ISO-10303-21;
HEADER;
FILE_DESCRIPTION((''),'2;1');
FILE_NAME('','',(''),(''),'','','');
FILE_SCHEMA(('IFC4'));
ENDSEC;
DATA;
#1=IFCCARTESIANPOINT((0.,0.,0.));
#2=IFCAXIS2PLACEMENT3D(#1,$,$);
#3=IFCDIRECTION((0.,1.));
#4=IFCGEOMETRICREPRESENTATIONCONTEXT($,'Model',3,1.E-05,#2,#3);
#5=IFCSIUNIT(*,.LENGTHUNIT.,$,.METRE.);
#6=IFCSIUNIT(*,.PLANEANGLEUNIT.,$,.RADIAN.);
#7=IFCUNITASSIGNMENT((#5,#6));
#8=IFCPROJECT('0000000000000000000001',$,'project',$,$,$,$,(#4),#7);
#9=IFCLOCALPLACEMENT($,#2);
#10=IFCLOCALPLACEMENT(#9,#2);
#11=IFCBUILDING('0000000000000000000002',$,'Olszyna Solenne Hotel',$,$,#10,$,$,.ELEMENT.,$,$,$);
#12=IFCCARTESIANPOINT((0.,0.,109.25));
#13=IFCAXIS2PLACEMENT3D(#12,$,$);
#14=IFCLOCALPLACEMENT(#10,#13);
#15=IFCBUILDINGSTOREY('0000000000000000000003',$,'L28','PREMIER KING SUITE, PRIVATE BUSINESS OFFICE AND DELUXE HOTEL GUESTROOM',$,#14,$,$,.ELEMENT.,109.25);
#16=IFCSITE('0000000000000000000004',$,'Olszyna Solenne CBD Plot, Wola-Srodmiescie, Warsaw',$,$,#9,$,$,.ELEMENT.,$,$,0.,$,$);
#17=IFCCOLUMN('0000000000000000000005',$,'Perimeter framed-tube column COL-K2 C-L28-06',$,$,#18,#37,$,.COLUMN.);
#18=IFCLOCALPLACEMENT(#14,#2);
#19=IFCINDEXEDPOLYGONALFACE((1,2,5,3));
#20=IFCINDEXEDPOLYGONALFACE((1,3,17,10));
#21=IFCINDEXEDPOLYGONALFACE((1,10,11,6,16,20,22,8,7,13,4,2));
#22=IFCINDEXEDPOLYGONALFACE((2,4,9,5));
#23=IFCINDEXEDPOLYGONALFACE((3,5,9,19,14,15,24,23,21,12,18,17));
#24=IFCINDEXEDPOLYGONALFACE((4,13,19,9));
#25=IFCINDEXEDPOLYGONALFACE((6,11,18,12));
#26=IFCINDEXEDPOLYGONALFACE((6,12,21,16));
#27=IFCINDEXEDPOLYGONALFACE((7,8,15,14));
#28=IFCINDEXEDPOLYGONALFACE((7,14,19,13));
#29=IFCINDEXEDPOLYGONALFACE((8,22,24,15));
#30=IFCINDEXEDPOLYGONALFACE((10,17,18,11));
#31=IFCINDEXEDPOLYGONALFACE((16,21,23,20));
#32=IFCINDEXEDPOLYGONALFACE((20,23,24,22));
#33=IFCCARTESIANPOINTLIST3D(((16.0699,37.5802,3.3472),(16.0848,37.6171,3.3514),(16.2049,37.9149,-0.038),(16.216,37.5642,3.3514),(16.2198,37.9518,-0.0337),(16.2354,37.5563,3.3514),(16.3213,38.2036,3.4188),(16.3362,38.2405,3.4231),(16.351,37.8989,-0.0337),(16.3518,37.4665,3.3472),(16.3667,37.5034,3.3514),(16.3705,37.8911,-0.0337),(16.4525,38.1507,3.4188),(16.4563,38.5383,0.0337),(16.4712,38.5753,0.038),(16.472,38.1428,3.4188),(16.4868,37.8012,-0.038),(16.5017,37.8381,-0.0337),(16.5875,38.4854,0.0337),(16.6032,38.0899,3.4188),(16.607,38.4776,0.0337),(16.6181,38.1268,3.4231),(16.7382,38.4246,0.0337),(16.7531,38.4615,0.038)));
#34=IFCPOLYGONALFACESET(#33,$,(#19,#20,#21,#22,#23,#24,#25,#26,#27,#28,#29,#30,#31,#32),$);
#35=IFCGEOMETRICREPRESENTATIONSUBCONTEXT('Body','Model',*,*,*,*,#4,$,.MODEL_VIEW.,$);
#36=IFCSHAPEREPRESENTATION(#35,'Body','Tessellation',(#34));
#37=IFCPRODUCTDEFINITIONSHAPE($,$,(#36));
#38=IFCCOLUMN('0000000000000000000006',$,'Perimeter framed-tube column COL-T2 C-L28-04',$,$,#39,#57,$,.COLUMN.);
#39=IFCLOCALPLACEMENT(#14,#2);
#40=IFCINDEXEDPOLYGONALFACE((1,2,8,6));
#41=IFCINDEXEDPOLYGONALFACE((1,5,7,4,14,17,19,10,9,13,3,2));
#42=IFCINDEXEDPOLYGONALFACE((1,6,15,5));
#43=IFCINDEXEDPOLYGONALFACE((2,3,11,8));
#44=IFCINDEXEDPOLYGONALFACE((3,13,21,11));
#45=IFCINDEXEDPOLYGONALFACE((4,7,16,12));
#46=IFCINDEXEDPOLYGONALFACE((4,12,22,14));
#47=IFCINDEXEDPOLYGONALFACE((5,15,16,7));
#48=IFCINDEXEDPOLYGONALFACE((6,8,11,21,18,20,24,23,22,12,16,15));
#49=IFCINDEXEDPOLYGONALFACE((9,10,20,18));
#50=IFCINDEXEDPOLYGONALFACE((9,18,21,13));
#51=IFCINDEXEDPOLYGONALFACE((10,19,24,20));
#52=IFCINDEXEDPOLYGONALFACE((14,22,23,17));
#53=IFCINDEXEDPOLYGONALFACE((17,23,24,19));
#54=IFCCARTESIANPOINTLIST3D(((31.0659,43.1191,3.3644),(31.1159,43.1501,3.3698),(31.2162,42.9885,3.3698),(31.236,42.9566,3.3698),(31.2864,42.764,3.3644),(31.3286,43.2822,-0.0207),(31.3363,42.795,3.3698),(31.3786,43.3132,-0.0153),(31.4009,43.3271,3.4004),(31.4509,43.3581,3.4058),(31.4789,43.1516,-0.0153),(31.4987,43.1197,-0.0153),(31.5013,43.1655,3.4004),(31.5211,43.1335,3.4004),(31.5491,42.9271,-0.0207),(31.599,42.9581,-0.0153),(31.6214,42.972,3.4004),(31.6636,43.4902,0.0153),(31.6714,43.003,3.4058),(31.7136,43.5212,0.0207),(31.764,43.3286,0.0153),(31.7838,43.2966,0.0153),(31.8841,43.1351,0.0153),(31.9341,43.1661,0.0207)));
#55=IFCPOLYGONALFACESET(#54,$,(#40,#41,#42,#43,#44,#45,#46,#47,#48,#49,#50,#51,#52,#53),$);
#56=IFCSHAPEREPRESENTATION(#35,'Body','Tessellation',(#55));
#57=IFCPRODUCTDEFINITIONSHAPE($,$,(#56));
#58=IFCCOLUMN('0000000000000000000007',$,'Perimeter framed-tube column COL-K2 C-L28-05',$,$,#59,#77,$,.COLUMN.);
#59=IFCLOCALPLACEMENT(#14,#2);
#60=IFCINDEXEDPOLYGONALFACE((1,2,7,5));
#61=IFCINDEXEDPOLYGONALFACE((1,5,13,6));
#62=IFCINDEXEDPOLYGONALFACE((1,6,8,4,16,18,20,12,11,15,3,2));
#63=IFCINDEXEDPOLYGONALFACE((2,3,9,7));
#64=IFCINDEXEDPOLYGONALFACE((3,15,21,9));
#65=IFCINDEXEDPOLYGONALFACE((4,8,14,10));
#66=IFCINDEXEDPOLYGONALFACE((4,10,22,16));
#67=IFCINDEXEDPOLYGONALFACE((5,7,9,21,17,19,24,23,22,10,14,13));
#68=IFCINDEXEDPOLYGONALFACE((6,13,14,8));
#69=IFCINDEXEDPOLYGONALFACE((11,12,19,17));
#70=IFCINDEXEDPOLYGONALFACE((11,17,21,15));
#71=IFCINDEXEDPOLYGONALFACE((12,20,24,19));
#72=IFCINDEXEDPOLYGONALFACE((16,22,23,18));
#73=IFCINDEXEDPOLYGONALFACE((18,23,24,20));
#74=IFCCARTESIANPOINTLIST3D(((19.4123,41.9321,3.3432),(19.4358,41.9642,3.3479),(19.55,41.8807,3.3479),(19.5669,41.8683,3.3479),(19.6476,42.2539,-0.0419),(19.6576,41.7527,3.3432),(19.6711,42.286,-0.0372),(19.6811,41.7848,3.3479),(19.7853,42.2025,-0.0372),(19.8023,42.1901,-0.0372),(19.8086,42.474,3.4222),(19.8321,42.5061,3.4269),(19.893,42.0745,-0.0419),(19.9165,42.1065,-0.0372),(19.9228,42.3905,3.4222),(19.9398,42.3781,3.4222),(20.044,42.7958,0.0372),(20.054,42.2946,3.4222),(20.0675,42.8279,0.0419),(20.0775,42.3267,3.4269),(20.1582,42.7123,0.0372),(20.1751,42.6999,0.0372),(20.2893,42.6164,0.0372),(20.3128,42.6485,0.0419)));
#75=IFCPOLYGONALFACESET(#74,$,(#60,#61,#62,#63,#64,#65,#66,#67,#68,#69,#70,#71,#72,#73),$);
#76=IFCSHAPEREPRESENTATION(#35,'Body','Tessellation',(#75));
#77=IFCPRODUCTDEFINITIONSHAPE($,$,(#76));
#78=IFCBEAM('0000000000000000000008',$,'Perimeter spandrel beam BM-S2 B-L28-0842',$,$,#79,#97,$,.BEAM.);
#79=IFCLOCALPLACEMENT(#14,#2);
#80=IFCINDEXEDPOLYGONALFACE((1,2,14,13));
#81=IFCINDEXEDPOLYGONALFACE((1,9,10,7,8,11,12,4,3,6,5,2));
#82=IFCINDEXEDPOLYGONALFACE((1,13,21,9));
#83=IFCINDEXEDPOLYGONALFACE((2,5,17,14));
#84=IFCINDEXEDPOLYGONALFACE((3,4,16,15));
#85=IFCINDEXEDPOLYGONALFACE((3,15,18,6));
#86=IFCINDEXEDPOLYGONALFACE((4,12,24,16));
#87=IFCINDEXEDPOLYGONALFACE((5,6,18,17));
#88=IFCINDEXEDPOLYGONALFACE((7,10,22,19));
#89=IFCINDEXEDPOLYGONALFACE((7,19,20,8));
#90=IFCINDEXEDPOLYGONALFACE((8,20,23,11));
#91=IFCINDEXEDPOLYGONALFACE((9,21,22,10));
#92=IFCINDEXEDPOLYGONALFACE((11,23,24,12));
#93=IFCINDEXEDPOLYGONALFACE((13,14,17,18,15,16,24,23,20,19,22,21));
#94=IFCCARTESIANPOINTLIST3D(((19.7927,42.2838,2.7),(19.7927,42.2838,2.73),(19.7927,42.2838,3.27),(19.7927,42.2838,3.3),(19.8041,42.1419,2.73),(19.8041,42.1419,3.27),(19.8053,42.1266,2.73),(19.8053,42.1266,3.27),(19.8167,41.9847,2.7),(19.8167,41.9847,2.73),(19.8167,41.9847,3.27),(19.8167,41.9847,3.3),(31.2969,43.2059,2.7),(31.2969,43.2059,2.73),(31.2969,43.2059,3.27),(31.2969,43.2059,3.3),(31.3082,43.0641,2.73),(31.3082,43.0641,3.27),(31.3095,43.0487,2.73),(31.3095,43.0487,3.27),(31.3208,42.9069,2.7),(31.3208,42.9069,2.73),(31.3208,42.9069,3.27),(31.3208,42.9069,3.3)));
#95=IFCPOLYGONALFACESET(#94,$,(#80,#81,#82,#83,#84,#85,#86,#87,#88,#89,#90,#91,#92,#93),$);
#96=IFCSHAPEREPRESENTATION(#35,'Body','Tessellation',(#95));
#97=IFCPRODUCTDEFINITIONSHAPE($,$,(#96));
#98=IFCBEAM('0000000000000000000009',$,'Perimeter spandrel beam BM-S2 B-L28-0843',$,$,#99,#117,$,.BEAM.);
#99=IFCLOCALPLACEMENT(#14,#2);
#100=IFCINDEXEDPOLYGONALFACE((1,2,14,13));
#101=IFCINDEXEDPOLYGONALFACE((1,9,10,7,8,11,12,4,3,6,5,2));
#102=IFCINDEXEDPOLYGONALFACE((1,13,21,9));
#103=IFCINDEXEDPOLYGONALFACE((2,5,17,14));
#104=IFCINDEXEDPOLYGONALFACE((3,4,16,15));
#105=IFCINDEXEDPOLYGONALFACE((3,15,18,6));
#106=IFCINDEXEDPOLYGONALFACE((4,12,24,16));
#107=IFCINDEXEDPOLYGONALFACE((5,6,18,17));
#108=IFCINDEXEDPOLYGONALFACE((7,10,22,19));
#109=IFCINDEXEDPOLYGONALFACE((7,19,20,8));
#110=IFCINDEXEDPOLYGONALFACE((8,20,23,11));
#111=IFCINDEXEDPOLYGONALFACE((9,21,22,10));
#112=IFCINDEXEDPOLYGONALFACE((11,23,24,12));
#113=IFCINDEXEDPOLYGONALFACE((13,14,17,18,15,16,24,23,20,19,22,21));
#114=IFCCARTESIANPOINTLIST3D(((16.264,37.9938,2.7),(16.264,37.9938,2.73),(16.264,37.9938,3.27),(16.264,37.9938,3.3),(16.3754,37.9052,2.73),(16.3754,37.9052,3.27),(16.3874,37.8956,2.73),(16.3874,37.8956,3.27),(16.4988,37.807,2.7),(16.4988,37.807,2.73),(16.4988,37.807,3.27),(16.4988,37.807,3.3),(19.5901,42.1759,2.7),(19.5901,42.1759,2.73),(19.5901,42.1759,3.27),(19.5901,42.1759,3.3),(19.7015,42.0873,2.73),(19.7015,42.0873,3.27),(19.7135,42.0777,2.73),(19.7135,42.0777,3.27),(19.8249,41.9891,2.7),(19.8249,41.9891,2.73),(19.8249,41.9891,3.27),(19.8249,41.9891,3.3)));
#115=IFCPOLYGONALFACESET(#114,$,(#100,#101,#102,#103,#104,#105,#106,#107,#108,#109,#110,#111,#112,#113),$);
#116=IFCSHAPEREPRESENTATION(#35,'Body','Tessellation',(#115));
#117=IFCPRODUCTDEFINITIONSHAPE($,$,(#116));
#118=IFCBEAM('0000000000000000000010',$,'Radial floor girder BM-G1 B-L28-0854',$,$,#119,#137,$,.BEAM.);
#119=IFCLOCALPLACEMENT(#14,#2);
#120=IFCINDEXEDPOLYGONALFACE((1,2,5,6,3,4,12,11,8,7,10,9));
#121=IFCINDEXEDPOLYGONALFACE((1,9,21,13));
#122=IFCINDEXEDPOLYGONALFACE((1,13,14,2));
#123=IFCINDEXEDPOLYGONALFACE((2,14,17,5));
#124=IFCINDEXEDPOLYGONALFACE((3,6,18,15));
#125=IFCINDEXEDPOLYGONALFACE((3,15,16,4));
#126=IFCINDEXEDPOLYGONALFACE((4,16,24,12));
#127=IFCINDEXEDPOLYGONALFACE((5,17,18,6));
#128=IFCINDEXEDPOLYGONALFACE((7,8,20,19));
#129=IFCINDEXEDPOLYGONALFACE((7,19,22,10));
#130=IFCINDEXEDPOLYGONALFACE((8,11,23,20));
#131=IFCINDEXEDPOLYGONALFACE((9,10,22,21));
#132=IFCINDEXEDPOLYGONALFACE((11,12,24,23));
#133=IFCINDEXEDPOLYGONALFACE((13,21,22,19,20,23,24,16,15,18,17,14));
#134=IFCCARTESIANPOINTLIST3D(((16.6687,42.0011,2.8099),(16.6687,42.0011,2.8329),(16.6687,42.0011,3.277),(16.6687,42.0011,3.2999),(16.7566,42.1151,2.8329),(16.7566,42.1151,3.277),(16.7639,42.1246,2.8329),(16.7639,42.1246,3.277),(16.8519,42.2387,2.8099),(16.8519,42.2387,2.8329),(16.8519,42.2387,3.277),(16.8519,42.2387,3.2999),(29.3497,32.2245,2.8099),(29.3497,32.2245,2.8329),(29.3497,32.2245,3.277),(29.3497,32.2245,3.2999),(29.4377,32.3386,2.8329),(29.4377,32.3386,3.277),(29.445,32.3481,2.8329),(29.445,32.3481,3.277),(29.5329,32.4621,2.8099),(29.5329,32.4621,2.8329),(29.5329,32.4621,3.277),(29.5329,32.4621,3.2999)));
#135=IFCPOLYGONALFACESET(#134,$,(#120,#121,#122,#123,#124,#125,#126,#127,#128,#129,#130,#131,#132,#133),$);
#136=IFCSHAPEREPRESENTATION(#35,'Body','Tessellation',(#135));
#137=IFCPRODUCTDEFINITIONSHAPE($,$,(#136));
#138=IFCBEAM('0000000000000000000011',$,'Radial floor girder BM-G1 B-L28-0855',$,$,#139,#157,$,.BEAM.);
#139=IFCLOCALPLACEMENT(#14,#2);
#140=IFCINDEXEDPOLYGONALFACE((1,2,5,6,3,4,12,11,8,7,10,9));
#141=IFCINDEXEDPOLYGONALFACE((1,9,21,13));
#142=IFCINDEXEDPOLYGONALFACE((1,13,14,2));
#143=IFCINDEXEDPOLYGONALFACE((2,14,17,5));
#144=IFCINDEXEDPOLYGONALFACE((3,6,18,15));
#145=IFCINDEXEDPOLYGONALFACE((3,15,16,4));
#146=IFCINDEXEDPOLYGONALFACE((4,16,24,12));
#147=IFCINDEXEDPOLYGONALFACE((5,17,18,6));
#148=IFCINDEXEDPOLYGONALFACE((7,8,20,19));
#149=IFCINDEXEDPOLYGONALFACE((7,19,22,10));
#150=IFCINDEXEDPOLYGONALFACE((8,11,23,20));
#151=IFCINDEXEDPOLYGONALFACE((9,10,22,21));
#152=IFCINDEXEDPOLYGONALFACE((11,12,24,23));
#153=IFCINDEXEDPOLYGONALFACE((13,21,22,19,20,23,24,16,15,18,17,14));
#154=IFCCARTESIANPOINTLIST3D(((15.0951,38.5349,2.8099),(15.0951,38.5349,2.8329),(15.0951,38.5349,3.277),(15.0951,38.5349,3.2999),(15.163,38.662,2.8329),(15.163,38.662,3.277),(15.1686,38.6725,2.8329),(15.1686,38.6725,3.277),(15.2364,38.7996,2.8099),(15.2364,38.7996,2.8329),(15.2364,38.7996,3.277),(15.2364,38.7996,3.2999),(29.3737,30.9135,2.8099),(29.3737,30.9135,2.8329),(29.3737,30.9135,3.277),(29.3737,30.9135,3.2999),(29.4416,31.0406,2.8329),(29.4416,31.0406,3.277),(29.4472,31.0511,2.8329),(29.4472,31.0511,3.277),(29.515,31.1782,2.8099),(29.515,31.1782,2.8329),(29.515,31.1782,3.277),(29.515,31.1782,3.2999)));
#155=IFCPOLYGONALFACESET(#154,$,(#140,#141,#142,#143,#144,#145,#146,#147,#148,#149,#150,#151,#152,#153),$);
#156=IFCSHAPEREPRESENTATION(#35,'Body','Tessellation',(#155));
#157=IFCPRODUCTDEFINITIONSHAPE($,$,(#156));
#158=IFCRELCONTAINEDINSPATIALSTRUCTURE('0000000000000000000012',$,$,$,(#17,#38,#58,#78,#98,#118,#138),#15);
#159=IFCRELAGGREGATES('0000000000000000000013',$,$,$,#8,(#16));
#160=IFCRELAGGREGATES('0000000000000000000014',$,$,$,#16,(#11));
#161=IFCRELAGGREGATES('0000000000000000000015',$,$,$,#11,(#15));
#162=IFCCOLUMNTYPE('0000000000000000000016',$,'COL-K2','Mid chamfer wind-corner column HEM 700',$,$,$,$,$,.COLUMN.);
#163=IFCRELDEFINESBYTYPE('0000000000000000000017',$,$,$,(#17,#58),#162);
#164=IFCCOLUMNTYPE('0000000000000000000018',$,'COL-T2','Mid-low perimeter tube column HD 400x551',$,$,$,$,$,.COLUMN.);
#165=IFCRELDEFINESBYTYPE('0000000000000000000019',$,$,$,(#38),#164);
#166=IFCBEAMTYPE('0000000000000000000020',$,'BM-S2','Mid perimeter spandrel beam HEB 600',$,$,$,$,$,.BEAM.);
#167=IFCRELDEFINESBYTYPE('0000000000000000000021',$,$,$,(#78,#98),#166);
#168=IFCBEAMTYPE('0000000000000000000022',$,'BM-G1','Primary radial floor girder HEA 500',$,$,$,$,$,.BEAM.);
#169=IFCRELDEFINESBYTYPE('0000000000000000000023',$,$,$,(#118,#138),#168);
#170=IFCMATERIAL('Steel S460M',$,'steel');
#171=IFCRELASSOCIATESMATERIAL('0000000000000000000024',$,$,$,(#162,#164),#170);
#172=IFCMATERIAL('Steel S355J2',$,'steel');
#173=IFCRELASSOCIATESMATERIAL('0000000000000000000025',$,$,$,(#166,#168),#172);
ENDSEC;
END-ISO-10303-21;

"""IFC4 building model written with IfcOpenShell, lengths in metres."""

from ifc_helpers import new_model, si_unit, direction, frame, origin, origin_2d, place, context, subcontext, project, spatial, i_section, extrude, source, transform, mapped, material, material_profile, profile_set, type_object, element, save


model = new_model("IFC4")

# Units and contexts
model_context = context("Model", 3, precision=1e-05, world=origin(), true_north=direction((0.0, 1.0)))
body_context = subcontext(model_context, "Body", "Model", "MODEL_VIEW")
ifc_project = project(units=[si_unit("LENGTHUNIT", "METRE"), si_unit("PLANEANGLEUNIT", "RADIAN")], contexts=[model_context])

# Site, building, storey
site_placement = place(None, origin())
site = spatial("IfcSite", under=ifc_project, at=site_placement, Name="Olszyna Solenne CBD Plot, Wola-Srodmiescie, Warsaw", CompositionType="ELEMENT", RefElevation=0.0)
building_placement = place(site_placement, origin())
building = spatial("IfcBuilding", under=site, at=building_placement, Name="Olszyna Solenne Hotel", CompositionType="ELEMENT")
storey_placement = place(building_placement, frame((0.0, 0.0, 109.25)))
storey = spatial("IfcBuildingStorey", under=building, at=storey_placement, Name="L28", Description="PREMIER KING SUITE, PRIVATE BUSINESS OFFICE AND DELUXE HOTEL GUESTROOM", CompositionType="ELEMENT", Elevation=109.25)

# Columns
ifc_material_1 = material(Name="Steel S460M", Category="steel")
ifc_material_profile_1 = material_profile(ifc_material_1, i_section(OverallWidth=0.304, OverallDepth=0.7161, WebThickness=0.021, FlangeThickness=0.04, at=origin_2d()), Name="HEM 700", Category="load-bearing")
ifc_profile_set_1 = profile_set([ifc_material_profile_1], Name="Steel S460M")
column_type_1 = type_object("IfcColumnType", Name="COL-K2", Description="Mid chamfer wind-corner column HEM 700", PredefinedType="COLUMN", material=ifc_profile_set_1)
shared_shape_1 = source(origin(), body_context, "Body", "SweptSolid", [
    extrude(i_section(OverallWidth=0.304, OverallDepth=0.7161, WebThickness=0.021, FlangeThickness=0.04, at=origin_2d()), origin(), (0.0, 0.0, 1.0), 3.4043),
])
column_1_placement = place(storey_placement, frame((16.479, 38.1882, 0.0), z_axis=(-0.03966, -0.098325, 0.994364), x_axis=(0.9274, -0.374072, 0.0)))
element("IfcColumn", 1, at=column_1_placement, inside=storey, type_object=column_type_1, Name="Perimeter framed-tube column COL-K2 C-L28-06", PredefinedType="COLUMN", context=body_context, shape_type="MappedRepresentation", body=[
    mapped(shared_shape_1, transform((0.0, 0.0, 0.0), x_axis=(1.0, 0.0, 0.0), y_axis=(0.0, 1.0, 0.0), z_axis=(0.0, 0.0, 1.0), scale=1.0)),
])
ifc_material_profile_2 = material_profile(ifc_material_1, i_section(OverallWidth=0.418, OverallDepth=0.4551, WebThickness=0.0376, FlangeThickness=0.0591, at=origin_2d()), Name="HD 400x551", Category="load-bearing")
ifc_profile_set_2 = profile_set([ifc_material_profile_2], Name="Steel S460M")
column_type_2 = type_object("IfcColumnType", Name="COL-T2", Description="Mid-low perimeter tube column HD 400x551", PredefinedType="COLUMN", material=ifc_profile_set_2)
shared_shape_2 = source(origin(), body_context, "Body", "SweptSolid", [
    extrude(i_section(OverallWidth=0.418, OverallDepth=0.4551, WebThickness=0.0376, FlangeThickness=0.0591, at=origin_2d()), origin(), (0.0, 0.0, 1.0), 3.3992),
])
column_2_placement = place(storey_placement, frame((31.6313, 43.2241, 0.0), z_axis=(-0.077284, -0.047979, 0.995854), x_axis=(0.527441, -0.849591, 0.0)))
element("IfcColumn", 2, at=column_2_placement, inside=storey, type_object=column_type_2, Name="Perimeter framed-tube column COL-T2 C-L28-04", PredefinedType="COLUMN", context=body_context, shape_type="MappedRepresentation", body=[
    mapped(shared_shape_2, transform((0.0, 0.0, 0.0), x_axis=(1.0, 0.0, 0.0), y_axis=(0.0, 1.0, 0.0), z_axis=(0.0, 0.0, 1.0), scale=1.0)),
])
shared_shape_3 = source(origin(), body_context, "Body", "SweptSolid", [
    extrude(i_section(OverallWidth=0.304, OverallDepth=0.7161, WebThickness=0.021, FlangeThickness=0.04, at=origin_2d()), origin(), (0.0, 0.0, 1.0), 3.4084),
])
column_3_placement = place(storey_placement, frame((19.9802, 42.4512, 0.0), z_axis=(-0.06905, -0.094407, 0.993136), x_axis=(0.807144, -0.590354, 0.0)))
element("IfcColumn", 3, at=column_3_placement, inside=storey, type_object=column_type_1, Name="Perimeter framed-tube column COL-K2 C-L28-05", PredefinedType="COLUMN", context=body_context, shape_type="MappedRepresentation", body=[
    mapped(shared_shape_3, transform((0.0, 0.0, 0.0), x_axis=(1.0, 0.0, 0.0), y_axis=(0.0, 1.0, 0.0), z_axis=(0.0, 0.0, 1.0), scale=1.0)),
])

# Beams
ifc_material_2 = material(Name="Steel S355J2", Category="steel")
ifc_material_profile_3 = material_profile(ifc_material_2, i_section(OverallWidth=0.3, OverallDepth=0.6001, WebThickness=0.0154, FlangeThickness=0.03, at=origin_2d()), Name="HEB 600", Category="load-bearing")
ifc_profile_set_3 = profile_set([ifc_material_profile_3], Name="Steel S355J2")
beam_type_1 = type_object("IfcBeamType", Name="BM-S2", Description="Mid perimeter spandrel beam HEB 600", PredefinedType="BEAM", material=ifc_profile_set_3)
shared_shape_4 = source(origin(), body_context, "Body", "SweptSolid", [
    extrude(i_section(OverallWidth=0.3, OverallDepth=0.6001, WebThickness=0.0154, FlangeThickness=0.03, at=origin_2d()), origin(), (0.0, 0.0, 1.0), 11.541),
])
beam_1_placement = place(storey_placement, frame((31.3088, 43.0564, 3.0), z_axis=(-0.996803, -0.079899, 0.0), x_axis=(0.079899, -0.996803, 0.0)))
element("IfcBeam", 4, at=beam_1_placement, inside=storey, type_object=beam_type_1, Name="Perimeter spandrel beam BM-S2 B-L28-0842", PredefinedType="BEAM", context=body_context, shape_type="MappedRepresentation", body=[
    mapped(shared_shape_4, transform((0.0, 0.0, 0.0), x_axis=(1.0, 0.0, 0.0), y_axis=(0.0, 1.0, 0.0), z_axis=(0.0, 0.0, 1.0), scale=1.0)),
])
shared_shape_5 = source(origin(), body_context, "Body", "SweptSolid", [
    extrude(i_section(OverallWidth=0.3, OverallDepth=0.6001, WebThickness=0.0154, FlangeThickness=0.03, at=origin_2d()), origin(), (0.0, 0.0, 1.0), 5.3435),
])
beam_2_placement = place(storey_placement, frame((19.7075, 42.0825, 3.0), z_axis=(-0.622464, -0.782649, 0.0), x_axis=(0.782649, -0.622464, 0.0)))
element("IfcBeam", 5, at=beam_2_placement, inside=storey, type_object=beam_type_1, Name="Perimeter spandrel beam BM-S2 B-L28-0843", PredefinedType="BEAM", context=body_context, shape_type="MappedRepresentation", body=[
    mapped(shared_shape_5, transform((0.0, 0.0, 0.0), x_axis=(1.0, 0.0, 0.0), y_axis=(0.0, 1.0, 0.0), z_axis=(0.0, 0.0, 1.0), scale=1.0)),
])
ifc_material_profile_4 = material_profile(ifc_material_2, i_section(OverallWidth=0.3, OverallDepth=0.49, WebThickness=0.012, FlangeThickness=0.0229, at=origin_2d()), Name="HEA 500", Category="load-bearing")
ifc_profile_set_4 = profile_set([ifc_material_profile_4], Name="Steel S355J2")
beam_type_2 = type_object("IfcBeamType", Name="BM-G1", Description="Primary radial floor girder HEA 500", PredefinedType="BEAM", material=ifc_profile_set_4)
shared_shape_6 = source(origin(), body_context, "Body", "SweptSolid", [
    extrude(i_section(OverallWidth=0.3, OverallDepth=0.49, WebThickness=0.012, FlangeThickness=0.0229, at=origin_2d()), origin(), (0.0, 0.0, 1.0), 16.0122),
])
beam_3_placement = place(storey_placement, frame((16.7603, 42.1199, 3.0549), z_axis=(0.791963, -0.610569, 0.0), x_axis=(0.610569, 0.791963, 0.0)))
element("IfcBeam", 6, at=beam_3_placement, inside=storey, type_object=beam_type_2, Name="Radial floor girder BM-G1 B-L28-0854", PredefinedType="BEAM", context=body_context, shape_type="MappedRepresentation", body=[
    mapped(shared_shape_6, transform((0.0, 0.0, 0.0), x_axis=(1.0, 0.0, 0.0), y_axis=(0.0, 1.0, 0.0), z_axis=(0.0, 0.0, 1.0), scale=1.0)),
])
shared_shape_7 = source(origin(), body_context, "Body", "SweptSolid", [
    extrude(i_section(OverallWidth=0.3, OverallDepth=0.49, WebThickness=0.012, FlangeThickness=0.0229, at=origin_2d()), origin(), (0.0, 0.0, 1.0), 16.1853),
])
beam_4_placement = place(storey_placement, frame((15.1658, 38.6672, 3.0549), z_axis=(0.882196, -0.470882, 0.0), x_axis=(0.470882, 0.882196, 0.0)))
element("IfcBeam", 7, at=beam_4_placement, inside=storey, type_object=beam_type_2, Name="Radial floor girder BM-G1 B-L28-0855", PredefinedType="BEAM", context=body_context, shape_type="MappedRepresentation", body=[
    mapped(shared_shape_7, transform((0.0, 0.0, 0.0), x_axis=(1.0, 0.0, 0.0), y_axis=(0.0, 1.0, 0.0), z_axis=(0.0, 0.0, 1.0), scale=1.0)),
])

save(model, "model.ifc")
